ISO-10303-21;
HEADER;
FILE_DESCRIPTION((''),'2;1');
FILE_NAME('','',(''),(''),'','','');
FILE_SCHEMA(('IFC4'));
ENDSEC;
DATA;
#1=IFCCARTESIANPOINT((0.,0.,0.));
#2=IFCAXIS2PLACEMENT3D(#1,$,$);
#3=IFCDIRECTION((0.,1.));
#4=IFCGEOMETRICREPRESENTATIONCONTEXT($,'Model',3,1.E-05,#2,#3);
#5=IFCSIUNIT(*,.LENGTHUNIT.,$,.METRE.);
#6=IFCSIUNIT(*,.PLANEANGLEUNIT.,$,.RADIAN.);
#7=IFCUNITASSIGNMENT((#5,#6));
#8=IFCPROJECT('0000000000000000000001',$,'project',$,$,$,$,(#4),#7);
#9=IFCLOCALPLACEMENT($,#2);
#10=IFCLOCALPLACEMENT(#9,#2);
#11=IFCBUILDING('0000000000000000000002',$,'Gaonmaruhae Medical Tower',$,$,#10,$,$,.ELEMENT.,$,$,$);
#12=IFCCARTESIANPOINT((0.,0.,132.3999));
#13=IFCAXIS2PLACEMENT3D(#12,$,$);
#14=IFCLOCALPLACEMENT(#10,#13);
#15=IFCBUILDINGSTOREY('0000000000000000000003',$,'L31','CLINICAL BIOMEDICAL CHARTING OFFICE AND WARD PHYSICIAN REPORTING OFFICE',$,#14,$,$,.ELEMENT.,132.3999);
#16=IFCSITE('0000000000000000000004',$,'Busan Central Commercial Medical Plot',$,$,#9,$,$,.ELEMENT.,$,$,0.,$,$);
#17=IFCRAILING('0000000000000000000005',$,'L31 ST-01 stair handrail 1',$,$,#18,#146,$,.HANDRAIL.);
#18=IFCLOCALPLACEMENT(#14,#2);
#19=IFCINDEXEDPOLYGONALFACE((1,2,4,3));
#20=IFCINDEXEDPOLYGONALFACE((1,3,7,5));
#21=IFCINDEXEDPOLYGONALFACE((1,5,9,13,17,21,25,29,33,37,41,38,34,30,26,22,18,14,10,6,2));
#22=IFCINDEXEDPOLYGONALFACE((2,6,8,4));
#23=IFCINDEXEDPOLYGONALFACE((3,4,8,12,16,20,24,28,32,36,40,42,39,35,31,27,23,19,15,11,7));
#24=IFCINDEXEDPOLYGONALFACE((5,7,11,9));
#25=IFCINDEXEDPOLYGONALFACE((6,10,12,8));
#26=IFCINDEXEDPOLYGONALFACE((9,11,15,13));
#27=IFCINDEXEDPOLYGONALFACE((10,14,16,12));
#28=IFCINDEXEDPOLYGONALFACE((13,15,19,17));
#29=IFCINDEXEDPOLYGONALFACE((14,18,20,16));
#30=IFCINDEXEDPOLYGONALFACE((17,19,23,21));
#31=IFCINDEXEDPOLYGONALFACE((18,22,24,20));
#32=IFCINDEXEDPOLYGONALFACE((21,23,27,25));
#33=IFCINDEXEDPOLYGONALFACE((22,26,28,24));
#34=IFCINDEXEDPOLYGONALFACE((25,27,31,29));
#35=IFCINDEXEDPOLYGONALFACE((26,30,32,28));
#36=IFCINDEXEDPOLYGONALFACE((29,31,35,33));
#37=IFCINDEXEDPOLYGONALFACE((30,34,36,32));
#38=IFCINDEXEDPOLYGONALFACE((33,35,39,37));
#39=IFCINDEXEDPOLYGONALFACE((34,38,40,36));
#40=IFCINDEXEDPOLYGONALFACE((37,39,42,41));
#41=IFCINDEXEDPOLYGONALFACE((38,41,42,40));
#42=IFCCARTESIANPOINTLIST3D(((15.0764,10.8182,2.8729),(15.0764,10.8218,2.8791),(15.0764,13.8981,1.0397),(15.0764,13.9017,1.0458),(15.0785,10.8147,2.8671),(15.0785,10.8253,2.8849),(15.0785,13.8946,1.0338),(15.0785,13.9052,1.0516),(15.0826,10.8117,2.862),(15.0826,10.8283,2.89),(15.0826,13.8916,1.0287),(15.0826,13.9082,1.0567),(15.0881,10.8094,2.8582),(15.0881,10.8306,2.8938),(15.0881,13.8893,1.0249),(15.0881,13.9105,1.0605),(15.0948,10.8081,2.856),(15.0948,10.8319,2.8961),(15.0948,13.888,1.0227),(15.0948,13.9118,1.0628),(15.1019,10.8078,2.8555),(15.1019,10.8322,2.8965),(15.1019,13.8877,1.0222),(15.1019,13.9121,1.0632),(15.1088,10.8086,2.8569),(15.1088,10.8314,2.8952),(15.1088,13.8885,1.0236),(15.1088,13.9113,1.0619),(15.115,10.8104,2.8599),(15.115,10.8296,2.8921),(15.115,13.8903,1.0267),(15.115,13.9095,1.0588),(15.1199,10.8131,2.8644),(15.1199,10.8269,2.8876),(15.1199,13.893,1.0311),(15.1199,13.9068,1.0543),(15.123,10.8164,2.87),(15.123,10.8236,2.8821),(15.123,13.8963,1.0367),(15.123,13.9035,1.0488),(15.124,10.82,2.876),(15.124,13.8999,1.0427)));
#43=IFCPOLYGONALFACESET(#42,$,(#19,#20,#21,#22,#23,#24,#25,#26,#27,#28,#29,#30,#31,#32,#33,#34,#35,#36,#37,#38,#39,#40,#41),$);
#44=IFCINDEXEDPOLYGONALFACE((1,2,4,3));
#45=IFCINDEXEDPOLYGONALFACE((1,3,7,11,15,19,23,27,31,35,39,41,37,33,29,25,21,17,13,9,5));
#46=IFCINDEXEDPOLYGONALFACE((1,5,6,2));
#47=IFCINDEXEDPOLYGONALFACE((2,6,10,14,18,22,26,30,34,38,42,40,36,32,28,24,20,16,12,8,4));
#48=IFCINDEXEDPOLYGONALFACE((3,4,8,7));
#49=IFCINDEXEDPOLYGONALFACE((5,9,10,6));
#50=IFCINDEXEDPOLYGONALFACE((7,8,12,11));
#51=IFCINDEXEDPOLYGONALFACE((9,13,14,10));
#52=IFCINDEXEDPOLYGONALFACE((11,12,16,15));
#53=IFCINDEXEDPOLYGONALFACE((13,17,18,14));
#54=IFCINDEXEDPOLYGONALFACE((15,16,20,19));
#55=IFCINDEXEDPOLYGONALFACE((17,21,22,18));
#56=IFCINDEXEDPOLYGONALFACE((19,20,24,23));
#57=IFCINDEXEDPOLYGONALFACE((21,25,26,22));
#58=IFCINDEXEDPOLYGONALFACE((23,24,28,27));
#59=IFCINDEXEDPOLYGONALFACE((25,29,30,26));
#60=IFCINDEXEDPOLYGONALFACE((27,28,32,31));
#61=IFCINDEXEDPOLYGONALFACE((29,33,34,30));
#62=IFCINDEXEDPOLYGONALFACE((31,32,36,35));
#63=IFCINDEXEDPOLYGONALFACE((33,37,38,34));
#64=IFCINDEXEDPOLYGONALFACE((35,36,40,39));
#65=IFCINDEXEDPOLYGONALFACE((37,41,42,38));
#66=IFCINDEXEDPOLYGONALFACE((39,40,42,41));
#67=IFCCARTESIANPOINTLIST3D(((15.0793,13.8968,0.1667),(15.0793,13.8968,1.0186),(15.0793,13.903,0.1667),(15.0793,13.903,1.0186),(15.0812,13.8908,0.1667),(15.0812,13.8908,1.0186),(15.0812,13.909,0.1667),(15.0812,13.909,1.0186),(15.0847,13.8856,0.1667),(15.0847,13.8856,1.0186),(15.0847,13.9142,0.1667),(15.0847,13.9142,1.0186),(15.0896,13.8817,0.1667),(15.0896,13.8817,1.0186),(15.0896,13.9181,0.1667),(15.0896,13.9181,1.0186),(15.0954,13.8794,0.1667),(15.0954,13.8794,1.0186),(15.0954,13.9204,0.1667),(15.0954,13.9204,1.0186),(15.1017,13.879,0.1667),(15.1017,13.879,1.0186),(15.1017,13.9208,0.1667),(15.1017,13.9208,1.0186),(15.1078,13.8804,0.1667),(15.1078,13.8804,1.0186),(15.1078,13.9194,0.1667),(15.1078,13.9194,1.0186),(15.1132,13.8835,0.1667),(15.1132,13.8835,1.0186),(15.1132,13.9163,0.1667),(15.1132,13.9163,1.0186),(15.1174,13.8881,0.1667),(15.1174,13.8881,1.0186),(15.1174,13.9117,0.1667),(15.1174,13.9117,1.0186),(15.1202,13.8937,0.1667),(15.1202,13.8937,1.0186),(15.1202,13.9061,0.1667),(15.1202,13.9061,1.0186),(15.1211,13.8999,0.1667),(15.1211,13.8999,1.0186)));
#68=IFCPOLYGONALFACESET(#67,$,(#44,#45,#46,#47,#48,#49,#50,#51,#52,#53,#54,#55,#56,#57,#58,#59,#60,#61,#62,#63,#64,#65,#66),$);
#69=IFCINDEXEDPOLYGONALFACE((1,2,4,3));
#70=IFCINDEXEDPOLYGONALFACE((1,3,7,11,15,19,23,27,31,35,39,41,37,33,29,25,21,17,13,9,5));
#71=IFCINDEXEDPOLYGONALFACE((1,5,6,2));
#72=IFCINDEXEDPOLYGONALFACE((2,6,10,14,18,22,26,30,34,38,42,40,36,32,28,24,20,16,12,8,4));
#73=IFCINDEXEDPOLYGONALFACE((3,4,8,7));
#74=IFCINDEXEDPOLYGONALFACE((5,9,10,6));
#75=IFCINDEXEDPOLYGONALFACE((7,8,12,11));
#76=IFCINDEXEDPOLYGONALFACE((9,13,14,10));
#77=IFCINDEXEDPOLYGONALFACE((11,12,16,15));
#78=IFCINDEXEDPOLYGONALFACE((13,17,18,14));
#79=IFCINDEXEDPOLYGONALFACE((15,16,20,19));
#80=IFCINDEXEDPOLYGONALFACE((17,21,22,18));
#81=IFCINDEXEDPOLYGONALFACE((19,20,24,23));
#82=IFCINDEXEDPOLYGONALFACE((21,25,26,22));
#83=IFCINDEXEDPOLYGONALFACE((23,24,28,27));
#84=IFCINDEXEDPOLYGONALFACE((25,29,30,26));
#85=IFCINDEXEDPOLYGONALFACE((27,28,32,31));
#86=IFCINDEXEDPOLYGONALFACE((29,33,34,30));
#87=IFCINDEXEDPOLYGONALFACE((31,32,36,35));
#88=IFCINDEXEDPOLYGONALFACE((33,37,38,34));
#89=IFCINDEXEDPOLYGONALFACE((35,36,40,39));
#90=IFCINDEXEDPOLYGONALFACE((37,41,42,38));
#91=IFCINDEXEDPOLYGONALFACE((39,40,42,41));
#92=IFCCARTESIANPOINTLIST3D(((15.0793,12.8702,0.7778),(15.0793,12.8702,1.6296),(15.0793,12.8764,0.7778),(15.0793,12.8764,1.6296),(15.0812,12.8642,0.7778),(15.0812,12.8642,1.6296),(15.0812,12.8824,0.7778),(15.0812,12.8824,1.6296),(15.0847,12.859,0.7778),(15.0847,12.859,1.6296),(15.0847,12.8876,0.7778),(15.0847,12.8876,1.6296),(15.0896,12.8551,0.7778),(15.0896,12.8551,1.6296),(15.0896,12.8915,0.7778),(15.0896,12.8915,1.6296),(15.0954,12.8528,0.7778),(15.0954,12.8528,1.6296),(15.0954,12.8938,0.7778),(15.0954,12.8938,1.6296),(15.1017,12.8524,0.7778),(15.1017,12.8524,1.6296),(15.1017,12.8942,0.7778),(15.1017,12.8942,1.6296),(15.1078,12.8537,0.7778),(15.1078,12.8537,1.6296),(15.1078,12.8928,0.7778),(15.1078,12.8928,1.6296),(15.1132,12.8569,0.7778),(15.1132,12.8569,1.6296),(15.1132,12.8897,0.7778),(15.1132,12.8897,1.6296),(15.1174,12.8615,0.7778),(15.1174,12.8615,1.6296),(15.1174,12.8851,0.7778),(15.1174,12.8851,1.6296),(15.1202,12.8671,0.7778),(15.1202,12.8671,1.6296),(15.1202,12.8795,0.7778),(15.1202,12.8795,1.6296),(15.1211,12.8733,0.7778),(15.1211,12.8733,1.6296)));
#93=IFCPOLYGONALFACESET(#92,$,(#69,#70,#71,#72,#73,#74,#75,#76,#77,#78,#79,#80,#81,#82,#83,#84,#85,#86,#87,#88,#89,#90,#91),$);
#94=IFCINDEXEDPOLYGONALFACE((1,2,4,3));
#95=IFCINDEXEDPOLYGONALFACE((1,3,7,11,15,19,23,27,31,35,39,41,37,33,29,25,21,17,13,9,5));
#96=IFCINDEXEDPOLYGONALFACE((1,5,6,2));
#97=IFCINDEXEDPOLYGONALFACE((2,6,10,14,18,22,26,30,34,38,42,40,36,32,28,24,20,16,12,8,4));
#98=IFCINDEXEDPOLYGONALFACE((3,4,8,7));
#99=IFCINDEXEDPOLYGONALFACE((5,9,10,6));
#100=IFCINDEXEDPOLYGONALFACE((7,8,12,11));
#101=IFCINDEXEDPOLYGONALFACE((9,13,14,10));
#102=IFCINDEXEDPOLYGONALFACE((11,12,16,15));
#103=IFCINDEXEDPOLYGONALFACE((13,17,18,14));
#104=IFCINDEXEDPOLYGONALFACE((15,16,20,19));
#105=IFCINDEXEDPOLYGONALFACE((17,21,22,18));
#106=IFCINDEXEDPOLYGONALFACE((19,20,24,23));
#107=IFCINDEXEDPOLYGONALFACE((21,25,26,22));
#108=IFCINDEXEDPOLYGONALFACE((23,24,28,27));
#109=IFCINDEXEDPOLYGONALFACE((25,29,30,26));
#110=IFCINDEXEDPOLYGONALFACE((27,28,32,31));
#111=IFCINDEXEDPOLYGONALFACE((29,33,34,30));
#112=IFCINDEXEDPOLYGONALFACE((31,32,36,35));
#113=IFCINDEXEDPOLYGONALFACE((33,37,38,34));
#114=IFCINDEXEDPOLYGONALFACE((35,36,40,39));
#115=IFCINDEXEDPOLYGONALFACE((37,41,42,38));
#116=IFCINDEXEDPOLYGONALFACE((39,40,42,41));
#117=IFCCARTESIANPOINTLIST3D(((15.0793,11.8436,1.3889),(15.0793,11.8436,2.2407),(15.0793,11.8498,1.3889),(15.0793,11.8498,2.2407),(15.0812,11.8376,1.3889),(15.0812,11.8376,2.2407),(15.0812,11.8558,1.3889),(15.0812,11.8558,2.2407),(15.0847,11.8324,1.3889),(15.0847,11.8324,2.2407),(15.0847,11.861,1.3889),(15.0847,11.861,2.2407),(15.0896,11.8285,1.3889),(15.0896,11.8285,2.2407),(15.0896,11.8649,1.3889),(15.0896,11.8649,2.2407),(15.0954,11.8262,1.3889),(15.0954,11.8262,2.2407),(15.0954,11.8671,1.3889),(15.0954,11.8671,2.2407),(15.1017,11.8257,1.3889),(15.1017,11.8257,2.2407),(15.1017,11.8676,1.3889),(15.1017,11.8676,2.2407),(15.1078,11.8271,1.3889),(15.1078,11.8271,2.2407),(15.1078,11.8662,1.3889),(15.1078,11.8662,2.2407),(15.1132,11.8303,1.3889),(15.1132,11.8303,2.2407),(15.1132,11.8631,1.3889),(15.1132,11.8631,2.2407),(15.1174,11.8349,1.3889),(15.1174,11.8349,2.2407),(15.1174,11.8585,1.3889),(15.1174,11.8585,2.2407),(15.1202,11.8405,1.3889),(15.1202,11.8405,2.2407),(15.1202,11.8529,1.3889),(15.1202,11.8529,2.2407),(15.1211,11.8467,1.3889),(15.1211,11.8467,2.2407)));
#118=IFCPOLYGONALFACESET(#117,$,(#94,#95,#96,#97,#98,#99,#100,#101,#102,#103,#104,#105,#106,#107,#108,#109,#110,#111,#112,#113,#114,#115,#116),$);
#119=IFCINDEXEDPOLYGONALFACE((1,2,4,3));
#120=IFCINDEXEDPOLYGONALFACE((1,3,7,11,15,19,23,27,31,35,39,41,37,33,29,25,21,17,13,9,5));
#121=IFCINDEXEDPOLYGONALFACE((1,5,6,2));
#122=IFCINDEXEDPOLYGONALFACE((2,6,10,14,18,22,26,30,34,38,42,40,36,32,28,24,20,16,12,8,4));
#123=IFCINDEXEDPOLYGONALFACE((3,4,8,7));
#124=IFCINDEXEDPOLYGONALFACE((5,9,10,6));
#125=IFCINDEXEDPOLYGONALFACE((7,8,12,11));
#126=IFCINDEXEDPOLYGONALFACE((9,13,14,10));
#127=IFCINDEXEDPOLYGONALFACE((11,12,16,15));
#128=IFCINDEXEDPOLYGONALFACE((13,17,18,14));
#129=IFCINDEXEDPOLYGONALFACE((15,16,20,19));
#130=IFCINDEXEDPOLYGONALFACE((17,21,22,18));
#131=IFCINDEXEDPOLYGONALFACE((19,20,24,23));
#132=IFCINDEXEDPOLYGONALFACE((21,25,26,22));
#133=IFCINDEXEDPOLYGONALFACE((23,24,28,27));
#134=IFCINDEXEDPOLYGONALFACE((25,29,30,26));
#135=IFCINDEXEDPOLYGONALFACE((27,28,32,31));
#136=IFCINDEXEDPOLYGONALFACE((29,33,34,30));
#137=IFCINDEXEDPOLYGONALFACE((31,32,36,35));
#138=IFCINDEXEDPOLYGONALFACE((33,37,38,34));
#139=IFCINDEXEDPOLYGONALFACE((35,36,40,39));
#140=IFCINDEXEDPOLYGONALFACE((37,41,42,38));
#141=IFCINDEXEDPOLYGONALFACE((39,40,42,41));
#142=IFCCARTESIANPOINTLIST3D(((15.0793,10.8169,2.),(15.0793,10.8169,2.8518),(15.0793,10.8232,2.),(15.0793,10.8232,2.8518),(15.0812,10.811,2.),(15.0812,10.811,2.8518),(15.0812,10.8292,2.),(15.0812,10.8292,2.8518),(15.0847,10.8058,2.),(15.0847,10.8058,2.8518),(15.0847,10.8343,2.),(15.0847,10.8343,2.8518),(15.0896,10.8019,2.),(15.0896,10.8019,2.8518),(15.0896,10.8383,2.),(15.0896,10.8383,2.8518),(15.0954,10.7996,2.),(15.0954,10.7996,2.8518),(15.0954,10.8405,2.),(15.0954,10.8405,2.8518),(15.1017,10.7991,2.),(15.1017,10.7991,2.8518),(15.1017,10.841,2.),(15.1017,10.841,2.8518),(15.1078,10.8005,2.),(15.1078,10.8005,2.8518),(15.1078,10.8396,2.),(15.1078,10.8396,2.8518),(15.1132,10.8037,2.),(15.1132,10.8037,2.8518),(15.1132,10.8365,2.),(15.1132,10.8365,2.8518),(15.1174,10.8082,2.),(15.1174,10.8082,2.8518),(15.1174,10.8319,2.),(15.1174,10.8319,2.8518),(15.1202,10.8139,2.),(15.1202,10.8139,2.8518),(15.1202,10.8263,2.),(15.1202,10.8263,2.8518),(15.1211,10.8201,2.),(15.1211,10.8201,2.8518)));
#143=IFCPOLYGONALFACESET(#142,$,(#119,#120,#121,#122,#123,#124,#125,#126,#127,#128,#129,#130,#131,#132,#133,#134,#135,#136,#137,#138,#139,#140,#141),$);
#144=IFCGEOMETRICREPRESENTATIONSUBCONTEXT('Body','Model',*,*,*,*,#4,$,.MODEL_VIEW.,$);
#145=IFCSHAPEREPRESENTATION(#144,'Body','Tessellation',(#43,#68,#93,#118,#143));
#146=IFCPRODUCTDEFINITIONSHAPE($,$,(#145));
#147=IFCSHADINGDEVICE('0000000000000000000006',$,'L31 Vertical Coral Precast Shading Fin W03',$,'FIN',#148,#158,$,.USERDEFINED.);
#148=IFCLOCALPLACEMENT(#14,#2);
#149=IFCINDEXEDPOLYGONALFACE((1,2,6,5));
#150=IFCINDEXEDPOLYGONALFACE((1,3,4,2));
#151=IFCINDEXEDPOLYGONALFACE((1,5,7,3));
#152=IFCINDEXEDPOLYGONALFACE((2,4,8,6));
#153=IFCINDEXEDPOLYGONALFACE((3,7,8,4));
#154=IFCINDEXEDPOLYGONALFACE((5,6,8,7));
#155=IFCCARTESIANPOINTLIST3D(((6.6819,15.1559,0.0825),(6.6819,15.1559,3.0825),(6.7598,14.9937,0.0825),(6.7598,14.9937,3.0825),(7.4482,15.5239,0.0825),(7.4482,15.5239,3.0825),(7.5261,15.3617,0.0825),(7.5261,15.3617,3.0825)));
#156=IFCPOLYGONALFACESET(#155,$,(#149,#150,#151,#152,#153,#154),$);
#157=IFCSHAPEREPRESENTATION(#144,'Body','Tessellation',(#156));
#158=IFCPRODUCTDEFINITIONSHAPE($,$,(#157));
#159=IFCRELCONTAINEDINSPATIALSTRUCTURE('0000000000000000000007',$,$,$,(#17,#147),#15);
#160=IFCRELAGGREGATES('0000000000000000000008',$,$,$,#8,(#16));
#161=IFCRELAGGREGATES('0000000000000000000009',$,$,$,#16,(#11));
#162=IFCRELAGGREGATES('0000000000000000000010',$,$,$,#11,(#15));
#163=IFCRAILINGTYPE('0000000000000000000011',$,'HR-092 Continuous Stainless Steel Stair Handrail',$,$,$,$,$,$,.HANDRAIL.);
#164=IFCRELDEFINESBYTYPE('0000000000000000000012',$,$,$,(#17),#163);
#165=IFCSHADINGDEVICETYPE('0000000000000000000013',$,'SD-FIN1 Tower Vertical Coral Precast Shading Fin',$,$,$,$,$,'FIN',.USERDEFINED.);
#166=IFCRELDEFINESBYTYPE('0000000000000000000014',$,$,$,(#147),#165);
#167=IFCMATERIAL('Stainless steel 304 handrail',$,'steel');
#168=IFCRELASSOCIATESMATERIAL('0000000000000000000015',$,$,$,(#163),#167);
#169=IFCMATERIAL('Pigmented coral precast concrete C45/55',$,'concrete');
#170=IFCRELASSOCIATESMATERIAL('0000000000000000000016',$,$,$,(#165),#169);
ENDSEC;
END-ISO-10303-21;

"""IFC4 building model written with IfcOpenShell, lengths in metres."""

from ifc_helpers import new_model, si_unit, direction, frame, origin, origin_2d, place, context, subcontext, project, spatial, rectangle, circle, extrude, material, type_object, element, save


model = new_model("IFC4")

# Units and contexts
model_context = context("Model", 3, precision=1e-05, world=origin(), true_north=direction((0.0, 1.0)))
body_context = subcontext(model_context, "Body", "Model", "MODEL_VIEW")
ifc_project = project(units=[si_unit("LENGTHUNIT", "METRE"), si_unit("PLANEANGLEUNIT", "RADIAN")], contexts=[model_context])

# Site, building, storey
site_placement = place(None, origin())
site = spatial("IfcSite", under=ifc_project, at=site_placement, Name="Busan Central Commercial Medical Plot", CompositionType="ELEMENT", RefElevation=0.0)
building_placement = place(site_placement, origin())
building = spatial("IfcBuilding", under=site, at=building_placement, Name="Gaonmaruhae Medical Tower", CompositionType="ELEMENT")
storey_placement = place(building_placement, frame((0.0, 0.0, 132.3999)))
storey = spatial("IfcBuildingStorey", under=building, at=storey_placement, Name="L31", Description="CLINICAL BIOMEDICAL CHARTING OFFICE AND WARD PHYSICIAN REPORTING OFFICE", CompositionType="ELEMENT", Elevation=132.3999)

# Railing
ifc_material_1 = material(Name="Stainless steel 304 handrail", Category="steel")
railing_type_1 = type_object("IfcRailingType", Name="HR-092 Continuous Stainless Steel Stair Handrail", PredefinedType="HANDRAIL", material=ifc_material_1)
railing_1_placement = place(storey_placement, frame((15.1001, 13.8999, 0.1667)))
element("IfcRailing", 1, at=railing_1_placement, inside=storey, type_object=railing_type_1, Name="L31 ST-01 stair handrail 1", PredefinedType="HANDRAIL", context=body_context, shape_type="SweptSolid", body=[
    extrude(circle(Radius=0.0239, at=origin_2d()), frame((0.0, 0.0, 0.876), z_axis=(0.0, -0.859291, 0.511487), x_axis=(1.0, 0.0, 0.0)), (0.0, 0.0, 1.0), 3.5842),
    extrude(circle(Radius=0.021, at=origin_2d()), origin(), (0.0, 0.0, 1.0), 0.8518),
    extrude(circle(Radius=0.021, at=origin_2d()), frame((0.0, -1.0266, 0.6111)), (0.0, 0.0, 1.0), 0.8518),
    extrude(circle(Radius=0.021, at=origin_2d()), frame((0.0, -2.0532, 1.2222)), (0.0, 0.0, 1.0), 0.8518),
    extrude(circle(Radius=0.021, at=origin_2d()), frame((0.0, -3.0798, 1.8333)), (0.0, 0.0, 1.0), 0.8518),
])

# Shading device
ifc_material_2 = material(Name="Pigmented coral precast concrete C45/55", Category="concrete")
shading_device_type = type_object("IfcShadingDeviceType", Name="SD-FIN1 Tower Vertical Coral Precast Shading Fin", ElementType="FIN", PredefinedType="USERDEFINED", material=ifc_material_2)
shading_device_placement = place(storey_placement, frame((7.104, 15.2588, 0.0825), z_axis=(0.0, 0.0, 1.0), x_axis=(-0.432873, 0.901455, 0.0)))
element("IfcShadingDevice", 2, at=shading_device_placement, inside=storey, type_object=shading_device_type, Name="L31 Vertical Coral Precast Shading Fin W03", ObjectType="FIN", PredefinedType="USERDEFINED", context=body_context, shape_type="SweptSolid", body=[
    extrude(rectangle(XDim=0.1799, YDim=0.8501, at=origin_2d()), origin(), (0.0, 0.0, 1.0), 3.0),
])

save(model, "model.ifc")
